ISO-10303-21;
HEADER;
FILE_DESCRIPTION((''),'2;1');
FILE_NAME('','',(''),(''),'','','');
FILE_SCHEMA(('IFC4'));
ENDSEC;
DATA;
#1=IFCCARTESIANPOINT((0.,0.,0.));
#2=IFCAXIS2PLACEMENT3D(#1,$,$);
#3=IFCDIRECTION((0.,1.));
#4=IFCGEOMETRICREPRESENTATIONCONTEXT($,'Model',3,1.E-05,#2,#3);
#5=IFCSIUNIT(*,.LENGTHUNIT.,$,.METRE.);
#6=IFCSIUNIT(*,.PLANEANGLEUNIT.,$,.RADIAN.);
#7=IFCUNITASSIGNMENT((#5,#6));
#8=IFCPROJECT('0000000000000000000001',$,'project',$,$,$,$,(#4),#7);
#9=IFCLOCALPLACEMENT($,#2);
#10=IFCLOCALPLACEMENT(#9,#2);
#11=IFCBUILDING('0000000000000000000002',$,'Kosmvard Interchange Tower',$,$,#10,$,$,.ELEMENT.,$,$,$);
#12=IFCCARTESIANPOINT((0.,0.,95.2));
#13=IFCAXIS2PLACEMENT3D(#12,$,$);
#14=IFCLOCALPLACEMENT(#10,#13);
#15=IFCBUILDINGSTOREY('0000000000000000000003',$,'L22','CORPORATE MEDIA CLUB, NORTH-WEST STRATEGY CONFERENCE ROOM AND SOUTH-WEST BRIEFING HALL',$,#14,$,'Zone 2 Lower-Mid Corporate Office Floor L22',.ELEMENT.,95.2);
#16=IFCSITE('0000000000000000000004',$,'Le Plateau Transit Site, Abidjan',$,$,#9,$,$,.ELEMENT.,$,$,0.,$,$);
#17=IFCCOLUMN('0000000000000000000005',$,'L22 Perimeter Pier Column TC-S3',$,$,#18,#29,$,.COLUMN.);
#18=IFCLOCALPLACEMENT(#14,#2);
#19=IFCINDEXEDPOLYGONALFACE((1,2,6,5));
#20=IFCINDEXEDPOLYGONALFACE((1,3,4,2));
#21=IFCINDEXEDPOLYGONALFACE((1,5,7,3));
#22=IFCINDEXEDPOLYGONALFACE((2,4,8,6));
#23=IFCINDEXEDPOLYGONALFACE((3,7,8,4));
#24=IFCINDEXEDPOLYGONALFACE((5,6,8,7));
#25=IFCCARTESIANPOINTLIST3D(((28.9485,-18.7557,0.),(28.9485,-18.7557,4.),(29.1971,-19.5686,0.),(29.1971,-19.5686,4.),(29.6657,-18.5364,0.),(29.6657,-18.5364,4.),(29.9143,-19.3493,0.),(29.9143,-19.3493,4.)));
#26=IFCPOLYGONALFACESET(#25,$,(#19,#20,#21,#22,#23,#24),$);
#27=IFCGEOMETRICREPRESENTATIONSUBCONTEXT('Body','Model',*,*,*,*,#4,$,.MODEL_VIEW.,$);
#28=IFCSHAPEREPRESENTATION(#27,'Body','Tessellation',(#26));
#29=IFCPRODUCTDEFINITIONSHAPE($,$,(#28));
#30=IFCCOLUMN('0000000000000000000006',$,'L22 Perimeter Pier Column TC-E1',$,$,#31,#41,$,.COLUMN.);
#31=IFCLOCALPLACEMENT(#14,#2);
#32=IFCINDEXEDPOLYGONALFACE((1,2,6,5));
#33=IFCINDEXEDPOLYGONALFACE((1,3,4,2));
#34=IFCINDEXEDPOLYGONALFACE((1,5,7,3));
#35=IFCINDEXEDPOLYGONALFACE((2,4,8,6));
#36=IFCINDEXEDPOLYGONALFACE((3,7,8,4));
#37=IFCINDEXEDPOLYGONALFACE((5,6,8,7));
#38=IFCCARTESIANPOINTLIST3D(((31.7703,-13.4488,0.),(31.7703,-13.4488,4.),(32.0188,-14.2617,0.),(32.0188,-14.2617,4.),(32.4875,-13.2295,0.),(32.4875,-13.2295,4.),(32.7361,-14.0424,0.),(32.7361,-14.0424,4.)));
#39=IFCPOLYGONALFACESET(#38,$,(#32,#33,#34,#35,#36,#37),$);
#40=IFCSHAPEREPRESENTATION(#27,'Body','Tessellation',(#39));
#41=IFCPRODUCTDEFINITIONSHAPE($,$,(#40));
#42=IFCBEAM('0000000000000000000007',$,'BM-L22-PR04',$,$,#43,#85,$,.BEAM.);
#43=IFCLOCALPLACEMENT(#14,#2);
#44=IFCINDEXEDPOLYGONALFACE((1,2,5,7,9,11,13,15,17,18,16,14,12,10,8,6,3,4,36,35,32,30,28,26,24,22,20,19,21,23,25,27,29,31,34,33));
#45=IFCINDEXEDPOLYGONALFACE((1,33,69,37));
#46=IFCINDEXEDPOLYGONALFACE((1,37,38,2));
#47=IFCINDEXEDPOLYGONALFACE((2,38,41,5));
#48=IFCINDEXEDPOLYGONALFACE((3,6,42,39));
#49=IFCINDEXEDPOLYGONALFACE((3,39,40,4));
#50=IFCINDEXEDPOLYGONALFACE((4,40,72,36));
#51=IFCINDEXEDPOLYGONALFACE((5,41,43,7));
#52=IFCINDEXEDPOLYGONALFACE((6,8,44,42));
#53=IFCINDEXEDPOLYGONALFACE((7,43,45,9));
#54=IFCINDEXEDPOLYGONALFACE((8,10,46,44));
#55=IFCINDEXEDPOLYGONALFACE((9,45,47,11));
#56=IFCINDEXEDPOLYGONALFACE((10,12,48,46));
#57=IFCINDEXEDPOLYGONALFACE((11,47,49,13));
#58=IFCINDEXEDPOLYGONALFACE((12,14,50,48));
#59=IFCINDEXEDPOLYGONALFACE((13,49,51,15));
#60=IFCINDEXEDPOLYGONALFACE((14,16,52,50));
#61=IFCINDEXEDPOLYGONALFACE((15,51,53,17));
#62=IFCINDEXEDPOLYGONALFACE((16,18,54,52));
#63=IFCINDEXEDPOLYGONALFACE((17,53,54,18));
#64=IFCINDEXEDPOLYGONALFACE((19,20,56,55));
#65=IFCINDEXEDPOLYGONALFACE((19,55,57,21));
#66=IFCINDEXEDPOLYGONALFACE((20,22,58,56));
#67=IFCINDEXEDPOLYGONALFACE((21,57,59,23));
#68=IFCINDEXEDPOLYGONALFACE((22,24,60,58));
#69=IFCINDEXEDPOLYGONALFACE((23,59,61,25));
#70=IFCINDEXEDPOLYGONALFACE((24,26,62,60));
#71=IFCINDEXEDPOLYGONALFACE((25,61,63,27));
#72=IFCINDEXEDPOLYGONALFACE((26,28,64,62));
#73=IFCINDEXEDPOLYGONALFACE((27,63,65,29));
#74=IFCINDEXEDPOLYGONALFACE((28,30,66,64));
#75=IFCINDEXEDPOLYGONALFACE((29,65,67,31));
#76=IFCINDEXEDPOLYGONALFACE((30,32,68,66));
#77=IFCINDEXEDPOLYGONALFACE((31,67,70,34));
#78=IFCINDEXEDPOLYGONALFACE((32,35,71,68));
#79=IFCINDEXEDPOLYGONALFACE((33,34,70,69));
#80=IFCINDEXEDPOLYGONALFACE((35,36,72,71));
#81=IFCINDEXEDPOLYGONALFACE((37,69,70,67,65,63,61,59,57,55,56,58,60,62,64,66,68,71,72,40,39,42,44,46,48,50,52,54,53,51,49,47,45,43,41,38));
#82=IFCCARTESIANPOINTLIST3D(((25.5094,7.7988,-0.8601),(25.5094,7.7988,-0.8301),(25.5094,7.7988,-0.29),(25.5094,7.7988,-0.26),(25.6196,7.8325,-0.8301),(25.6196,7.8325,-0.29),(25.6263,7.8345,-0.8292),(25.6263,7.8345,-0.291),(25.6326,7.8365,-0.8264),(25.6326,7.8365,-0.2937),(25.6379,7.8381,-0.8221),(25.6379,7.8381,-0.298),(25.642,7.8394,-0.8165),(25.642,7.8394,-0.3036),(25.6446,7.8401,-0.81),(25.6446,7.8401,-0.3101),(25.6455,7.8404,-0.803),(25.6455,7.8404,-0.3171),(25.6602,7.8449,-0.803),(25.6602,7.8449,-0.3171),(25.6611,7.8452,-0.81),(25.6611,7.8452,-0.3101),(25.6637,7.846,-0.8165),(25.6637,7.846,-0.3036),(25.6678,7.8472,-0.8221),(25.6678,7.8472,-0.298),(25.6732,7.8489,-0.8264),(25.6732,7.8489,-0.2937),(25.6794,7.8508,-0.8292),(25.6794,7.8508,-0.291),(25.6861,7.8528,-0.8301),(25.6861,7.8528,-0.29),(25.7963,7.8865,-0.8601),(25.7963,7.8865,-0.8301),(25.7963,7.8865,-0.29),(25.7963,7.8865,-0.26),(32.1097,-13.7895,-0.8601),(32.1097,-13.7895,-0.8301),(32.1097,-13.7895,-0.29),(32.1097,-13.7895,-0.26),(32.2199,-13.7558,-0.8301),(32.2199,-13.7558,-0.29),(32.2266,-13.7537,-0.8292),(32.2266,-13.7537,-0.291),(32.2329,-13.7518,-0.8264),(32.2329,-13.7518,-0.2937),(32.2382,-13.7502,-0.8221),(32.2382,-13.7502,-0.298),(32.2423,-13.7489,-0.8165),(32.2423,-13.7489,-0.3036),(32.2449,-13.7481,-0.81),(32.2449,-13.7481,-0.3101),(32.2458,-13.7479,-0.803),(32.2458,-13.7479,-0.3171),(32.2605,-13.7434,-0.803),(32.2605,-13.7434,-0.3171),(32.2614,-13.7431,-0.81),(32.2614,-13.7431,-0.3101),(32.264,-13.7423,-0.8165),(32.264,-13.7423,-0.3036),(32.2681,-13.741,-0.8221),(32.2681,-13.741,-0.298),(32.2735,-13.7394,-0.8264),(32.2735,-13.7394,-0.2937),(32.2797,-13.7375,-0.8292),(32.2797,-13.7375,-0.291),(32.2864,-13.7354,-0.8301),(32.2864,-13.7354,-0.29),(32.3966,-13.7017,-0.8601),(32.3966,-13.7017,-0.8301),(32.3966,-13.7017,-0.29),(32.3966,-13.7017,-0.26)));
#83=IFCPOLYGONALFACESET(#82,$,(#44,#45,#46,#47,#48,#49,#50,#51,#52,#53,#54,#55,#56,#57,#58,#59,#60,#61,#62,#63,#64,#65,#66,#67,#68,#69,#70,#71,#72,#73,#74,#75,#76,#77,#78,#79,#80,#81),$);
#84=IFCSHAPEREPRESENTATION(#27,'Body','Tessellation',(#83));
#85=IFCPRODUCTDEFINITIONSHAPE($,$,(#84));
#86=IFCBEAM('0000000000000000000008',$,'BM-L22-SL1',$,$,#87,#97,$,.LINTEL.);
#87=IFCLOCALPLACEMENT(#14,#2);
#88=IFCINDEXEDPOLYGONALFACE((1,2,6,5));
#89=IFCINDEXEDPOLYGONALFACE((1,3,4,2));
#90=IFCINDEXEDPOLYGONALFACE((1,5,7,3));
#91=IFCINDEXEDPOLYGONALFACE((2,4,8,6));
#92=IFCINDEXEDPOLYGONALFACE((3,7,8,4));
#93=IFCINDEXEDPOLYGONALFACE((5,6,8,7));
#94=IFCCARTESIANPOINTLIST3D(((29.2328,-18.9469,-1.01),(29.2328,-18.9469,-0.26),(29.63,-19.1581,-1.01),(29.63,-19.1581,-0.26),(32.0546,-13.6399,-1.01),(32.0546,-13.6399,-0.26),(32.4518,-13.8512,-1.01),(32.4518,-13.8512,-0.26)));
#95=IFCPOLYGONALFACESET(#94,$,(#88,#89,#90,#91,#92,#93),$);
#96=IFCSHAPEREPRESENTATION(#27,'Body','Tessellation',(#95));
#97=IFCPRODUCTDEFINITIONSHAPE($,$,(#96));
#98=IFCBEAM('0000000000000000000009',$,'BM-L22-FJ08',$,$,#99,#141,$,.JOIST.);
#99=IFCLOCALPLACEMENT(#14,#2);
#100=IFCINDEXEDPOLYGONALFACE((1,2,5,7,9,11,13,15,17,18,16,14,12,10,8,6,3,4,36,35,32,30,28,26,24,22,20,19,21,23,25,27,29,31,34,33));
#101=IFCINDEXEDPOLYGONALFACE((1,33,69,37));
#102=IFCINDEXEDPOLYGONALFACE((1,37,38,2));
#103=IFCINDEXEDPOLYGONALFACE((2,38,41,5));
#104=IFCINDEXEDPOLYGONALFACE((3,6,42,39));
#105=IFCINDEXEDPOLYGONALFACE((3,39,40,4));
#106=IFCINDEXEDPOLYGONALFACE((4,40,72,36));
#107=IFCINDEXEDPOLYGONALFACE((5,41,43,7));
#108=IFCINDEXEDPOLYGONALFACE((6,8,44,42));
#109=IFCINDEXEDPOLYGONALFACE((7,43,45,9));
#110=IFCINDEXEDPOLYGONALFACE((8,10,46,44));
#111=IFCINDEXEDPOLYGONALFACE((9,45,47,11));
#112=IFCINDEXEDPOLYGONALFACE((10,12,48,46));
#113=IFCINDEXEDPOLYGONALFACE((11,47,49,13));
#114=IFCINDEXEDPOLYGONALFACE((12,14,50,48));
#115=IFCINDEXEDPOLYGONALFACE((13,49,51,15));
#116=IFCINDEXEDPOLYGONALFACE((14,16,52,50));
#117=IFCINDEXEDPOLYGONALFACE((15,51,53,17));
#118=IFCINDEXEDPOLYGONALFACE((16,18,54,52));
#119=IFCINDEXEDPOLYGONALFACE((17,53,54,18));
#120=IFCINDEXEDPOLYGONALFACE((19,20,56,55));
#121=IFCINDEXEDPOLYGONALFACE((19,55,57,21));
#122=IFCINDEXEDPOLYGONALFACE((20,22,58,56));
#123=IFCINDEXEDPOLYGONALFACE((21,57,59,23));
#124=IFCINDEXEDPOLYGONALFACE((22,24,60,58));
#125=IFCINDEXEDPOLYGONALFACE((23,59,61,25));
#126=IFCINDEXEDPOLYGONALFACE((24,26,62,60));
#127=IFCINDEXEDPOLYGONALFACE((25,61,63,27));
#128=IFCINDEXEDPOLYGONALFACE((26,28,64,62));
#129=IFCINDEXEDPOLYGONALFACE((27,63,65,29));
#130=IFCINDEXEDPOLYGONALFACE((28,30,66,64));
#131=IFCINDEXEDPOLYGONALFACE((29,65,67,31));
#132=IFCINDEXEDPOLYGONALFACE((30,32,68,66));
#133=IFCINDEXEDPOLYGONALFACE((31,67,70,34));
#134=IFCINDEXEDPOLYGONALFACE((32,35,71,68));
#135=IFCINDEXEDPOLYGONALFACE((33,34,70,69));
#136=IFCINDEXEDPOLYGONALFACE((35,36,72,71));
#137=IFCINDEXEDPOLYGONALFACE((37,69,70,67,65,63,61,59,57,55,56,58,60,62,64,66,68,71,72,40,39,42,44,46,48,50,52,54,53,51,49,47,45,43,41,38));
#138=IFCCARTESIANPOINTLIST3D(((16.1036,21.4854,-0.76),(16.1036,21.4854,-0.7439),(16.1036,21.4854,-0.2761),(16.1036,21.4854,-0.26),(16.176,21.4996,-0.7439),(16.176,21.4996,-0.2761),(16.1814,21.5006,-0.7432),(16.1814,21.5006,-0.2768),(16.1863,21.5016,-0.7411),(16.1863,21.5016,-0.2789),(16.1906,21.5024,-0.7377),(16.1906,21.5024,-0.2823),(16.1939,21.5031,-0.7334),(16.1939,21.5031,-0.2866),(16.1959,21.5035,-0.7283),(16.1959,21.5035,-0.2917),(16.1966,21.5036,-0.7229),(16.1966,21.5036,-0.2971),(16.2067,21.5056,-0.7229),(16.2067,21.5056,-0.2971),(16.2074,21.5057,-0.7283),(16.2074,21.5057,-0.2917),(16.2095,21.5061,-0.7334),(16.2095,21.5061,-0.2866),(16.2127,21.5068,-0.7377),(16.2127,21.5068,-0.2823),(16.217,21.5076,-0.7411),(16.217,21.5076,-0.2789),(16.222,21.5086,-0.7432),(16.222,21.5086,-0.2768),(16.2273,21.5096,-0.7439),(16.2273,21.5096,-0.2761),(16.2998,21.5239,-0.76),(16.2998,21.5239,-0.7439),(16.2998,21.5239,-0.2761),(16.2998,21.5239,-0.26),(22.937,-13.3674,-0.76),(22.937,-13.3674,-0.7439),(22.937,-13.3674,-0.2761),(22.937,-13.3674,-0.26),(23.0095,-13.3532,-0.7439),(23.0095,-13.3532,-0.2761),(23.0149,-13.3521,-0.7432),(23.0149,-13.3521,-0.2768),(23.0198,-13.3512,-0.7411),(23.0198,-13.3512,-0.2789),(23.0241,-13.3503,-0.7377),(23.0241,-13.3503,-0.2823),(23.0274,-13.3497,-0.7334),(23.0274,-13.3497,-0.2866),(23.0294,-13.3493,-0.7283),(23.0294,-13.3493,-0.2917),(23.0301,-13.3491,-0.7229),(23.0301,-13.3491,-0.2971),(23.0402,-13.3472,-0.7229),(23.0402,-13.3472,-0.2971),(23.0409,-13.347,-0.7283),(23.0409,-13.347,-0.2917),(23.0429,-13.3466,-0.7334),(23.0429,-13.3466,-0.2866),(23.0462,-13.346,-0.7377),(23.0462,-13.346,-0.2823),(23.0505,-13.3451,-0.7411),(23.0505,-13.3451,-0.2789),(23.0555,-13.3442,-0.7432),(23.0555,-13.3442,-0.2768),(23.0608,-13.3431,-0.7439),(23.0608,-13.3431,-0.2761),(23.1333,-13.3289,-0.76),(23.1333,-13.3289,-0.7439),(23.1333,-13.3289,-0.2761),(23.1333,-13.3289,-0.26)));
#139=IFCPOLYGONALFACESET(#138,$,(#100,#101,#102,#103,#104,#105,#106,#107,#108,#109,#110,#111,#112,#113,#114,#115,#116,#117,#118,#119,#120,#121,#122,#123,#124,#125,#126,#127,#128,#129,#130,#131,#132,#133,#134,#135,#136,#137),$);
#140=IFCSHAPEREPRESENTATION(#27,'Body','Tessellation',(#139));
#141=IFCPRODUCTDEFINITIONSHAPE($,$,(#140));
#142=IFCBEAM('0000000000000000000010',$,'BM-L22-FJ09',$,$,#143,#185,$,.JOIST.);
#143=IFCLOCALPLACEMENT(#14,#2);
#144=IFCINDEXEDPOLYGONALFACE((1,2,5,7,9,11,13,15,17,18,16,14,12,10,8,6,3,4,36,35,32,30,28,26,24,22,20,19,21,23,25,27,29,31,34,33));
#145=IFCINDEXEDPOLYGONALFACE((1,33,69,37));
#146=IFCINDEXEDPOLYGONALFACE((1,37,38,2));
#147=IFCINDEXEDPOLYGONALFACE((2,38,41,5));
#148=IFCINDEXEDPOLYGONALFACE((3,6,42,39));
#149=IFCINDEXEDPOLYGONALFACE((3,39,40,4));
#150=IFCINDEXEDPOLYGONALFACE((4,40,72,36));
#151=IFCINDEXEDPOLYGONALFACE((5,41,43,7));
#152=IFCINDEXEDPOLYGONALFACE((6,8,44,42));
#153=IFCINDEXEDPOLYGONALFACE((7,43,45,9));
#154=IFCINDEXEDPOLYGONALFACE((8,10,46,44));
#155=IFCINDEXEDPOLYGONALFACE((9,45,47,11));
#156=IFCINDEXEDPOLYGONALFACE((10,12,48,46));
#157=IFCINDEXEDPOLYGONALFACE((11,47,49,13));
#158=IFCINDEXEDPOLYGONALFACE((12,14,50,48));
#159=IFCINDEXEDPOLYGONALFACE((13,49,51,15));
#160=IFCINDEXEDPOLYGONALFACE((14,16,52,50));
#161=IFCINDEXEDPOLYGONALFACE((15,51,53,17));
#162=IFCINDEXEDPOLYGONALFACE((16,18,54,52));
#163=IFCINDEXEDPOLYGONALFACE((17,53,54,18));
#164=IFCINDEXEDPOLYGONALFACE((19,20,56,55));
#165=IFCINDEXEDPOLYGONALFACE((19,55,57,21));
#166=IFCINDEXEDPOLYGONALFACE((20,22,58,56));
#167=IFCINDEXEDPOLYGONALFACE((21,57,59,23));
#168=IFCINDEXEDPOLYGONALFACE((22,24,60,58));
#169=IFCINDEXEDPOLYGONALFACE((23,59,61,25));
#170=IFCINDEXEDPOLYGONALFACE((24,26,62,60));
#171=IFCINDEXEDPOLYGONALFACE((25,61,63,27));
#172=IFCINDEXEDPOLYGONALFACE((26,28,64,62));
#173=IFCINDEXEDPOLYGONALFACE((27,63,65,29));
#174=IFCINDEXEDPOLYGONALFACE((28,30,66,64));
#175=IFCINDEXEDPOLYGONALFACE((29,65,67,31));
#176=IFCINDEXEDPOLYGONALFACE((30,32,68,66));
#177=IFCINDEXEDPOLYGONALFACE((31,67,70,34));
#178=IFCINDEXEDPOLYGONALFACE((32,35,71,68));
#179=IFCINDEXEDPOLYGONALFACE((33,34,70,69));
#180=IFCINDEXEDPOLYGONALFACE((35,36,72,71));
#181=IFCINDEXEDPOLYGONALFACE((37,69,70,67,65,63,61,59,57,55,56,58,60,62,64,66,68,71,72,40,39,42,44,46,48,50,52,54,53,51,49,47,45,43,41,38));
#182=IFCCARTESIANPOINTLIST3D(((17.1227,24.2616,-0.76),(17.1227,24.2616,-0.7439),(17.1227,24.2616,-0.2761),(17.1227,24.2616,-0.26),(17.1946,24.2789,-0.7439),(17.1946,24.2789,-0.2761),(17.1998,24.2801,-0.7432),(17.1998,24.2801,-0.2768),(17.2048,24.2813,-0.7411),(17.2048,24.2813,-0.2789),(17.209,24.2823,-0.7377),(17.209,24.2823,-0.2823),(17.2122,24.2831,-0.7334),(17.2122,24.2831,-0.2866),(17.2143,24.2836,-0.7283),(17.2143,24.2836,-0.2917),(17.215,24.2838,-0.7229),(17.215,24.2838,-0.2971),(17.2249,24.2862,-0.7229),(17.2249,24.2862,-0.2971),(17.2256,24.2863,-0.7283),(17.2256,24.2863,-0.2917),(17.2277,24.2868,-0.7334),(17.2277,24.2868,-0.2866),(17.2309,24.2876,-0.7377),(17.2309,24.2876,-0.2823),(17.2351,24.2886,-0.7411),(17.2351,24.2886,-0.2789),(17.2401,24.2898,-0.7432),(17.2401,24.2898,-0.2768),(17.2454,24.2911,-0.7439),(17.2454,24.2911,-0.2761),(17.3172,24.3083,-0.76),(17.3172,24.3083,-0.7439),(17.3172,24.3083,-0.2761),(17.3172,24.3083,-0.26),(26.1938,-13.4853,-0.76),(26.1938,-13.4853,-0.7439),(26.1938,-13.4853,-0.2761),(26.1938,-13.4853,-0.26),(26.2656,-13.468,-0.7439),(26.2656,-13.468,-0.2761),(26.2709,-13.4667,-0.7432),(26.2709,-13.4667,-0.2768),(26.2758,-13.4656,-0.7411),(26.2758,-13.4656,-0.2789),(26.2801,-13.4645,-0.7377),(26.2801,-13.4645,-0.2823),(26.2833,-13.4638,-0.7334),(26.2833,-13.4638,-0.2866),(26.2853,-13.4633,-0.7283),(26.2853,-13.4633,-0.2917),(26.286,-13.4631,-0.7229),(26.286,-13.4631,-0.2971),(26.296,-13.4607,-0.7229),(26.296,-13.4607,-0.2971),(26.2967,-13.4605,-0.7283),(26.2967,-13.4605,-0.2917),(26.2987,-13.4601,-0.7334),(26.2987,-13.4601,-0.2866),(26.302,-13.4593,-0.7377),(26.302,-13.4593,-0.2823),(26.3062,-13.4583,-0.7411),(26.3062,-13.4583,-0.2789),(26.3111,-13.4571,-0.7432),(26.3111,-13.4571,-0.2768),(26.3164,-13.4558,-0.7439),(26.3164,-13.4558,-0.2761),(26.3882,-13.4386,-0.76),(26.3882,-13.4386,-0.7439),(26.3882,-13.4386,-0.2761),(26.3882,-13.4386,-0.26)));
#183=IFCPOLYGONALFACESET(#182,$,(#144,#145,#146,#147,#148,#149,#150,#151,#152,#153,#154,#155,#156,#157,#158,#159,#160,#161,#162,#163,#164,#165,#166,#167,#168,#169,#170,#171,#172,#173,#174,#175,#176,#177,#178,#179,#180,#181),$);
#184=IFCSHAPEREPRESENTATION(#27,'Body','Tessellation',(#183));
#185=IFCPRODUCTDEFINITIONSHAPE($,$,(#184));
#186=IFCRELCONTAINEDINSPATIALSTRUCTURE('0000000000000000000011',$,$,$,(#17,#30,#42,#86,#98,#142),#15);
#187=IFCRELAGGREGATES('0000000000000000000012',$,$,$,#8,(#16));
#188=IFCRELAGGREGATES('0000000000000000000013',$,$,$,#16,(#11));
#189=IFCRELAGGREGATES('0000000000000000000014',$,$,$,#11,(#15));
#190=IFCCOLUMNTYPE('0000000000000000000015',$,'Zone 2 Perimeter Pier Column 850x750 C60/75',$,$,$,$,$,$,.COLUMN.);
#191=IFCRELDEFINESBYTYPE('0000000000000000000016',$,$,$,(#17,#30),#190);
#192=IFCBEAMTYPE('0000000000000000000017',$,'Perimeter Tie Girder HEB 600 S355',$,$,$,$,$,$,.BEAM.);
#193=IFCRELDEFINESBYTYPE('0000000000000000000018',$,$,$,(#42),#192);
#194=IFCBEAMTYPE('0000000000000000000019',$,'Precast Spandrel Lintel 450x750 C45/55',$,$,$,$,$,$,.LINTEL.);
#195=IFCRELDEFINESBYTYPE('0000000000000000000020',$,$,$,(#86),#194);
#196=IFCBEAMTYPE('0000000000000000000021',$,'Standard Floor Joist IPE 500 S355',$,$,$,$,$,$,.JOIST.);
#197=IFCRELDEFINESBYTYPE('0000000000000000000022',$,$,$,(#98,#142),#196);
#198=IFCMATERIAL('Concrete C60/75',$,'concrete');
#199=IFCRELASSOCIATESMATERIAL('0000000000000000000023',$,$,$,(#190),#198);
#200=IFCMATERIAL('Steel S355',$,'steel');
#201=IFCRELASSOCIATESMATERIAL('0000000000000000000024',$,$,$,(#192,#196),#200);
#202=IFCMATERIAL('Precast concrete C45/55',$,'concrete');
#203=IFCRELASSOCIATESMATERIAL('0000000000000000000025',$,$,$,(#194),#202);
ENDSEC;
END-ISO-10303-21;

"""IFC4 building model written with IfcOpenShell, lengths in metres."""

from ifc_helpers import new_model, si_unit, direction, frame, origin, origin_2d, place, context, subcontext, project, spatial, rectangle, i_section, extrude, source, transform, mapped, material, material_profile, profile_set, type_object, element, save


model = new_model("IFC4")

# Units and contexts
model_context = context("Model", 3, precision=1e-05, world=origin(), true_north=direction((0.0, 1.0)))
body_context = subcontext(model_context, "Body", "Model", "MODEL_VIEW")
ifc_project = project(units=[si_unit("LENGTHUNIT", "METRE"), si_unit("PLANEANGLEUNIT", "RADIAN")], contexts=[model_context])

# Site, building, storey
site_placement = place(None, origin())
site = spatial("IfcSite", under=ifc_project, at=site_placement, Name="Le Plateau Transit Site, Abidjan", CompositionType="ELEMENT", RefElevation=0.0)
building_placement = place(site_placement, origin())
building = spatial("IfcBuilding", under=site, at=building_placement, Name="Kosmvard Interchange Tower", CompositionType="ELEMENT")
storey_placement = place(building_placement, frame((0.0, 0.0, 95.2)))
storey = spatial("IfcBuildingStorey", under=building, at=storey_placement, Name="L22", Description="CORPORATE MEDIA CLUB, NORTH-WEST STRATEGY CONFERENCE ROOM AND SOUTH-WEST BRIEFING HALL", LongName="Zone 2 Lower-Mid Corporate Office Floor L22", CompositionType="ELEMENT", Elevation=95.2)

# Columns
ifc_material_1 = material(Name="Concrete C60/75", Category="concrete")
ifc_material_profile_1 = material_profile(ifc_material_1, rectangle(XDim=0.75, YDim=0.8501, at=origin_2d()), Name="TC 850x750")
ifc_profile_set_1 = profile_set([ifc_material_profile_1], Name="Concrete C60/75")
column_type = type_object("IfcColumnType", Name="Zone 2 Perimeter Pier Column 850x750 C60/75", PredefinedType="COLUMN", material=ifc_profile_set_1)
shared_shape_1 = source(origin(), body_context, "Body", "SweptSolid", [
    extrude(rectangle(XDim=0.75, YDim=0.8501, at=origin_2d()), origin(), (0.0, 0.0, 1.0), 4.0),
])
for number, where, z_axis, x_axis, name in (
    (1, (29.4314, -19.0525, 0.0), (0.0, 0.0, 1.0), (0.956305, 0.292372, 0.0), "L22 Perimeter Pier Column TC-S3"),
    (2, (32.2532, -13.7456, 0.0), (0.0, 0.0, 1.0), (0.956305, 0.292372, 0.0), "L22 Perimeter Pier Column TC-E1"),
):
    element("IfcColumn", number, at=place(storey_placement, frame(where, z_axis=z_axis, x_axis=x_axis)), inside=storey, type_object=column_type, Name=name, PredefinedType="COLUMN", context=body_context, shape_type="MappedRepresentation", body=[
        mapped(shared_shape_1, transform((0.0, 0.0, 0.0), scale=1.0)),
    ])

# Beams
ifc_material_2 = material(Name="Steel S355", Category="steel")
ifc_material_profile_2 = material_profile(ifc_material_2, i_section(OverallWidth=0.3, OverallDepth=0.6001, WebThickness=0.0154, FlangeThickness=0.03, FilletRadius=0.0271, at=origin_2d()), Name="HEB 600")
ifc_profile_set_2 = profile_set([ifc_material_profile_2], Name="Steel S355")
beam_type_1 = type_object("IfcBeamType", Name="Perimeter Tie Girder HEB 600 S355", PredefinedType="BEAM", material=ifc_profile_set_2)
shared_shape_2 = source(origin(), body_context, "Body", "SweptSolid", [
    extrude(i_section(OverallWidth=0.3, OverallDepth=0.6001, WebThickness=0.0154, FlangeThickness=0.03, FilletRadius=0.0271, at=origin_2d()), origin(), (0.0, 0.0, 1.0), 22.5747),
])
beam_1_placement = place(storey_placement, frame((32.2532, -13.7456, -0.5601), z_axis=(-0.292376, 0.956303, 0.0), x_axis=(-0.956303, -0.292376, 0.0)))
element("IfcBeam", 3, at=beam_1_placement, inside=storey, type_object=beam_type_1, Name="BM-L22-PR04", PredefinedType="BEAM", context=body_context, shape_type="MappedRepresentation", body=[
    mapped(shared_shape_2, transform((0.0, 0.0, 0.0), scale=1.0)),
])
ifc_material_3 = material(Name="Precast concrete C45/55", Category="concrete")
ifc_material_profile_3 = material_profile(ifc_material_3, rectangle(XDim=0.45, YDim=0.75, at=origin_2d()), Name="SL 450x750")
ifc_profile_set_3 = profile_set([ifc_material_profile_3], Name="Precast concrete C45/55")
beam_type_2 = type_object("IfcBeamType", Name="Precast Spandrel Lintel 450x750 C45/55", PredefinedType="LINTEL", material=ifc_profile_set_3)
shared_shape_3 = source(origin(), body_context, "Body", "SweptSolid", [
    extrude(rectangle(XDim=0.45, YDim=0.75, at=origin_2d()), origin(), (0.0, 0.0, 1.0), 6.0105),
])
beam_2_placement = place(storey_placement, frame((29.4314, -19.0525, -0.635), z_axis=(0.469479, 0.882944, 0.0), x_axis=(-0.882944, 0.469479, 0.0)))
element("IfcBeam", 4, at=beam_2_placement, inside=storey, type_object=beam_type_2, Name="BM-L22-SL1", PredefinedType="LINTEL", context=body_context, shape_type="MappedRepresentation", body=[
    mapped(shared_shape_3, transform((0.0, 0.0, 0.0), scale=1.0)),
])
ifc_material_profile_4 = material_profile(ifc_material_2, i_section(OverallWidth=0.2, OverallDepth=0.5, WebThickness=0.0103, FlangeThickness=0.0161, FilletRadius=0.021, at=origin_2d()), Name="IPE 500")
ifc_profile_set_4 = profile_set([ifc_material_profile_4], Name="Steel S355")
beam_type_3 = type_object("IfcBeamType", Name="Standard Floor Joist IPE 500 S355", PredefinedType="JOIST", material=ifc_profile_set_4)
shared_shape_4 = source(origin(), body_context, "Body", "SweptSolid", [
    extrude(i_section(OverallWidth=0.2, OverallDepth=0.5, WebThickness=0.0103, FlangeThickness=0.0161, FilletRadius=0.021, at=origin_2d()), origin(), (0.0, 0.0, 1.0), 35.5164),
])
beam_3_placement = place(storey_placement, frame((23.0352, -13.3481, -0.51), z_axis=(-0.192404, 0.981316, 0.0), x_axis=(-0.981316, -0.192404, 0.0)))
element("IfcBeam", 5, at=beam_3_placement, inside=storey, type_object=beam_type_3, Name="BM-L22-FJ08", PredefinedType="JOIST", context=body_context, shape_type="MappedRepresentation", body=[
    mapped(shared_shape_4, transform((0.0, 0.0, 0.0), scale=1.0)),
])
shared_shape_5 = source(origin(), body_context, "Body", "SweptSolid", [
    extrude(i_section(OverallWidth=0.2, OverallDepth=0.5, WebThickness=0.0103, FlangeThickness=0.0161, FilletRadius=0.021, at=origin_2d()), origin(), (0.0, 0.0, 1.0), 38.8215),
])
beam_4_placement = place(storey_placement, frame((26.291, -13.4619, -0.51), z_axis=(-0.233661, 0.972318, 0.0), x_axis=(-0.972318, -0.233661, 0.0)))
element("IfcBeam", 6, at=beam_4_placement, inside=storey, type_object=beam_type_3, Name="BM-L22-FJ09", PredefinedType="JOIST", context=body_context, shape_type="MappedRepresentation", body=[
    mapped(shared_shape_5, transform((0.0, 0.0, 0.0), scale=1.0)),
])

save(model, "model.ifc")
